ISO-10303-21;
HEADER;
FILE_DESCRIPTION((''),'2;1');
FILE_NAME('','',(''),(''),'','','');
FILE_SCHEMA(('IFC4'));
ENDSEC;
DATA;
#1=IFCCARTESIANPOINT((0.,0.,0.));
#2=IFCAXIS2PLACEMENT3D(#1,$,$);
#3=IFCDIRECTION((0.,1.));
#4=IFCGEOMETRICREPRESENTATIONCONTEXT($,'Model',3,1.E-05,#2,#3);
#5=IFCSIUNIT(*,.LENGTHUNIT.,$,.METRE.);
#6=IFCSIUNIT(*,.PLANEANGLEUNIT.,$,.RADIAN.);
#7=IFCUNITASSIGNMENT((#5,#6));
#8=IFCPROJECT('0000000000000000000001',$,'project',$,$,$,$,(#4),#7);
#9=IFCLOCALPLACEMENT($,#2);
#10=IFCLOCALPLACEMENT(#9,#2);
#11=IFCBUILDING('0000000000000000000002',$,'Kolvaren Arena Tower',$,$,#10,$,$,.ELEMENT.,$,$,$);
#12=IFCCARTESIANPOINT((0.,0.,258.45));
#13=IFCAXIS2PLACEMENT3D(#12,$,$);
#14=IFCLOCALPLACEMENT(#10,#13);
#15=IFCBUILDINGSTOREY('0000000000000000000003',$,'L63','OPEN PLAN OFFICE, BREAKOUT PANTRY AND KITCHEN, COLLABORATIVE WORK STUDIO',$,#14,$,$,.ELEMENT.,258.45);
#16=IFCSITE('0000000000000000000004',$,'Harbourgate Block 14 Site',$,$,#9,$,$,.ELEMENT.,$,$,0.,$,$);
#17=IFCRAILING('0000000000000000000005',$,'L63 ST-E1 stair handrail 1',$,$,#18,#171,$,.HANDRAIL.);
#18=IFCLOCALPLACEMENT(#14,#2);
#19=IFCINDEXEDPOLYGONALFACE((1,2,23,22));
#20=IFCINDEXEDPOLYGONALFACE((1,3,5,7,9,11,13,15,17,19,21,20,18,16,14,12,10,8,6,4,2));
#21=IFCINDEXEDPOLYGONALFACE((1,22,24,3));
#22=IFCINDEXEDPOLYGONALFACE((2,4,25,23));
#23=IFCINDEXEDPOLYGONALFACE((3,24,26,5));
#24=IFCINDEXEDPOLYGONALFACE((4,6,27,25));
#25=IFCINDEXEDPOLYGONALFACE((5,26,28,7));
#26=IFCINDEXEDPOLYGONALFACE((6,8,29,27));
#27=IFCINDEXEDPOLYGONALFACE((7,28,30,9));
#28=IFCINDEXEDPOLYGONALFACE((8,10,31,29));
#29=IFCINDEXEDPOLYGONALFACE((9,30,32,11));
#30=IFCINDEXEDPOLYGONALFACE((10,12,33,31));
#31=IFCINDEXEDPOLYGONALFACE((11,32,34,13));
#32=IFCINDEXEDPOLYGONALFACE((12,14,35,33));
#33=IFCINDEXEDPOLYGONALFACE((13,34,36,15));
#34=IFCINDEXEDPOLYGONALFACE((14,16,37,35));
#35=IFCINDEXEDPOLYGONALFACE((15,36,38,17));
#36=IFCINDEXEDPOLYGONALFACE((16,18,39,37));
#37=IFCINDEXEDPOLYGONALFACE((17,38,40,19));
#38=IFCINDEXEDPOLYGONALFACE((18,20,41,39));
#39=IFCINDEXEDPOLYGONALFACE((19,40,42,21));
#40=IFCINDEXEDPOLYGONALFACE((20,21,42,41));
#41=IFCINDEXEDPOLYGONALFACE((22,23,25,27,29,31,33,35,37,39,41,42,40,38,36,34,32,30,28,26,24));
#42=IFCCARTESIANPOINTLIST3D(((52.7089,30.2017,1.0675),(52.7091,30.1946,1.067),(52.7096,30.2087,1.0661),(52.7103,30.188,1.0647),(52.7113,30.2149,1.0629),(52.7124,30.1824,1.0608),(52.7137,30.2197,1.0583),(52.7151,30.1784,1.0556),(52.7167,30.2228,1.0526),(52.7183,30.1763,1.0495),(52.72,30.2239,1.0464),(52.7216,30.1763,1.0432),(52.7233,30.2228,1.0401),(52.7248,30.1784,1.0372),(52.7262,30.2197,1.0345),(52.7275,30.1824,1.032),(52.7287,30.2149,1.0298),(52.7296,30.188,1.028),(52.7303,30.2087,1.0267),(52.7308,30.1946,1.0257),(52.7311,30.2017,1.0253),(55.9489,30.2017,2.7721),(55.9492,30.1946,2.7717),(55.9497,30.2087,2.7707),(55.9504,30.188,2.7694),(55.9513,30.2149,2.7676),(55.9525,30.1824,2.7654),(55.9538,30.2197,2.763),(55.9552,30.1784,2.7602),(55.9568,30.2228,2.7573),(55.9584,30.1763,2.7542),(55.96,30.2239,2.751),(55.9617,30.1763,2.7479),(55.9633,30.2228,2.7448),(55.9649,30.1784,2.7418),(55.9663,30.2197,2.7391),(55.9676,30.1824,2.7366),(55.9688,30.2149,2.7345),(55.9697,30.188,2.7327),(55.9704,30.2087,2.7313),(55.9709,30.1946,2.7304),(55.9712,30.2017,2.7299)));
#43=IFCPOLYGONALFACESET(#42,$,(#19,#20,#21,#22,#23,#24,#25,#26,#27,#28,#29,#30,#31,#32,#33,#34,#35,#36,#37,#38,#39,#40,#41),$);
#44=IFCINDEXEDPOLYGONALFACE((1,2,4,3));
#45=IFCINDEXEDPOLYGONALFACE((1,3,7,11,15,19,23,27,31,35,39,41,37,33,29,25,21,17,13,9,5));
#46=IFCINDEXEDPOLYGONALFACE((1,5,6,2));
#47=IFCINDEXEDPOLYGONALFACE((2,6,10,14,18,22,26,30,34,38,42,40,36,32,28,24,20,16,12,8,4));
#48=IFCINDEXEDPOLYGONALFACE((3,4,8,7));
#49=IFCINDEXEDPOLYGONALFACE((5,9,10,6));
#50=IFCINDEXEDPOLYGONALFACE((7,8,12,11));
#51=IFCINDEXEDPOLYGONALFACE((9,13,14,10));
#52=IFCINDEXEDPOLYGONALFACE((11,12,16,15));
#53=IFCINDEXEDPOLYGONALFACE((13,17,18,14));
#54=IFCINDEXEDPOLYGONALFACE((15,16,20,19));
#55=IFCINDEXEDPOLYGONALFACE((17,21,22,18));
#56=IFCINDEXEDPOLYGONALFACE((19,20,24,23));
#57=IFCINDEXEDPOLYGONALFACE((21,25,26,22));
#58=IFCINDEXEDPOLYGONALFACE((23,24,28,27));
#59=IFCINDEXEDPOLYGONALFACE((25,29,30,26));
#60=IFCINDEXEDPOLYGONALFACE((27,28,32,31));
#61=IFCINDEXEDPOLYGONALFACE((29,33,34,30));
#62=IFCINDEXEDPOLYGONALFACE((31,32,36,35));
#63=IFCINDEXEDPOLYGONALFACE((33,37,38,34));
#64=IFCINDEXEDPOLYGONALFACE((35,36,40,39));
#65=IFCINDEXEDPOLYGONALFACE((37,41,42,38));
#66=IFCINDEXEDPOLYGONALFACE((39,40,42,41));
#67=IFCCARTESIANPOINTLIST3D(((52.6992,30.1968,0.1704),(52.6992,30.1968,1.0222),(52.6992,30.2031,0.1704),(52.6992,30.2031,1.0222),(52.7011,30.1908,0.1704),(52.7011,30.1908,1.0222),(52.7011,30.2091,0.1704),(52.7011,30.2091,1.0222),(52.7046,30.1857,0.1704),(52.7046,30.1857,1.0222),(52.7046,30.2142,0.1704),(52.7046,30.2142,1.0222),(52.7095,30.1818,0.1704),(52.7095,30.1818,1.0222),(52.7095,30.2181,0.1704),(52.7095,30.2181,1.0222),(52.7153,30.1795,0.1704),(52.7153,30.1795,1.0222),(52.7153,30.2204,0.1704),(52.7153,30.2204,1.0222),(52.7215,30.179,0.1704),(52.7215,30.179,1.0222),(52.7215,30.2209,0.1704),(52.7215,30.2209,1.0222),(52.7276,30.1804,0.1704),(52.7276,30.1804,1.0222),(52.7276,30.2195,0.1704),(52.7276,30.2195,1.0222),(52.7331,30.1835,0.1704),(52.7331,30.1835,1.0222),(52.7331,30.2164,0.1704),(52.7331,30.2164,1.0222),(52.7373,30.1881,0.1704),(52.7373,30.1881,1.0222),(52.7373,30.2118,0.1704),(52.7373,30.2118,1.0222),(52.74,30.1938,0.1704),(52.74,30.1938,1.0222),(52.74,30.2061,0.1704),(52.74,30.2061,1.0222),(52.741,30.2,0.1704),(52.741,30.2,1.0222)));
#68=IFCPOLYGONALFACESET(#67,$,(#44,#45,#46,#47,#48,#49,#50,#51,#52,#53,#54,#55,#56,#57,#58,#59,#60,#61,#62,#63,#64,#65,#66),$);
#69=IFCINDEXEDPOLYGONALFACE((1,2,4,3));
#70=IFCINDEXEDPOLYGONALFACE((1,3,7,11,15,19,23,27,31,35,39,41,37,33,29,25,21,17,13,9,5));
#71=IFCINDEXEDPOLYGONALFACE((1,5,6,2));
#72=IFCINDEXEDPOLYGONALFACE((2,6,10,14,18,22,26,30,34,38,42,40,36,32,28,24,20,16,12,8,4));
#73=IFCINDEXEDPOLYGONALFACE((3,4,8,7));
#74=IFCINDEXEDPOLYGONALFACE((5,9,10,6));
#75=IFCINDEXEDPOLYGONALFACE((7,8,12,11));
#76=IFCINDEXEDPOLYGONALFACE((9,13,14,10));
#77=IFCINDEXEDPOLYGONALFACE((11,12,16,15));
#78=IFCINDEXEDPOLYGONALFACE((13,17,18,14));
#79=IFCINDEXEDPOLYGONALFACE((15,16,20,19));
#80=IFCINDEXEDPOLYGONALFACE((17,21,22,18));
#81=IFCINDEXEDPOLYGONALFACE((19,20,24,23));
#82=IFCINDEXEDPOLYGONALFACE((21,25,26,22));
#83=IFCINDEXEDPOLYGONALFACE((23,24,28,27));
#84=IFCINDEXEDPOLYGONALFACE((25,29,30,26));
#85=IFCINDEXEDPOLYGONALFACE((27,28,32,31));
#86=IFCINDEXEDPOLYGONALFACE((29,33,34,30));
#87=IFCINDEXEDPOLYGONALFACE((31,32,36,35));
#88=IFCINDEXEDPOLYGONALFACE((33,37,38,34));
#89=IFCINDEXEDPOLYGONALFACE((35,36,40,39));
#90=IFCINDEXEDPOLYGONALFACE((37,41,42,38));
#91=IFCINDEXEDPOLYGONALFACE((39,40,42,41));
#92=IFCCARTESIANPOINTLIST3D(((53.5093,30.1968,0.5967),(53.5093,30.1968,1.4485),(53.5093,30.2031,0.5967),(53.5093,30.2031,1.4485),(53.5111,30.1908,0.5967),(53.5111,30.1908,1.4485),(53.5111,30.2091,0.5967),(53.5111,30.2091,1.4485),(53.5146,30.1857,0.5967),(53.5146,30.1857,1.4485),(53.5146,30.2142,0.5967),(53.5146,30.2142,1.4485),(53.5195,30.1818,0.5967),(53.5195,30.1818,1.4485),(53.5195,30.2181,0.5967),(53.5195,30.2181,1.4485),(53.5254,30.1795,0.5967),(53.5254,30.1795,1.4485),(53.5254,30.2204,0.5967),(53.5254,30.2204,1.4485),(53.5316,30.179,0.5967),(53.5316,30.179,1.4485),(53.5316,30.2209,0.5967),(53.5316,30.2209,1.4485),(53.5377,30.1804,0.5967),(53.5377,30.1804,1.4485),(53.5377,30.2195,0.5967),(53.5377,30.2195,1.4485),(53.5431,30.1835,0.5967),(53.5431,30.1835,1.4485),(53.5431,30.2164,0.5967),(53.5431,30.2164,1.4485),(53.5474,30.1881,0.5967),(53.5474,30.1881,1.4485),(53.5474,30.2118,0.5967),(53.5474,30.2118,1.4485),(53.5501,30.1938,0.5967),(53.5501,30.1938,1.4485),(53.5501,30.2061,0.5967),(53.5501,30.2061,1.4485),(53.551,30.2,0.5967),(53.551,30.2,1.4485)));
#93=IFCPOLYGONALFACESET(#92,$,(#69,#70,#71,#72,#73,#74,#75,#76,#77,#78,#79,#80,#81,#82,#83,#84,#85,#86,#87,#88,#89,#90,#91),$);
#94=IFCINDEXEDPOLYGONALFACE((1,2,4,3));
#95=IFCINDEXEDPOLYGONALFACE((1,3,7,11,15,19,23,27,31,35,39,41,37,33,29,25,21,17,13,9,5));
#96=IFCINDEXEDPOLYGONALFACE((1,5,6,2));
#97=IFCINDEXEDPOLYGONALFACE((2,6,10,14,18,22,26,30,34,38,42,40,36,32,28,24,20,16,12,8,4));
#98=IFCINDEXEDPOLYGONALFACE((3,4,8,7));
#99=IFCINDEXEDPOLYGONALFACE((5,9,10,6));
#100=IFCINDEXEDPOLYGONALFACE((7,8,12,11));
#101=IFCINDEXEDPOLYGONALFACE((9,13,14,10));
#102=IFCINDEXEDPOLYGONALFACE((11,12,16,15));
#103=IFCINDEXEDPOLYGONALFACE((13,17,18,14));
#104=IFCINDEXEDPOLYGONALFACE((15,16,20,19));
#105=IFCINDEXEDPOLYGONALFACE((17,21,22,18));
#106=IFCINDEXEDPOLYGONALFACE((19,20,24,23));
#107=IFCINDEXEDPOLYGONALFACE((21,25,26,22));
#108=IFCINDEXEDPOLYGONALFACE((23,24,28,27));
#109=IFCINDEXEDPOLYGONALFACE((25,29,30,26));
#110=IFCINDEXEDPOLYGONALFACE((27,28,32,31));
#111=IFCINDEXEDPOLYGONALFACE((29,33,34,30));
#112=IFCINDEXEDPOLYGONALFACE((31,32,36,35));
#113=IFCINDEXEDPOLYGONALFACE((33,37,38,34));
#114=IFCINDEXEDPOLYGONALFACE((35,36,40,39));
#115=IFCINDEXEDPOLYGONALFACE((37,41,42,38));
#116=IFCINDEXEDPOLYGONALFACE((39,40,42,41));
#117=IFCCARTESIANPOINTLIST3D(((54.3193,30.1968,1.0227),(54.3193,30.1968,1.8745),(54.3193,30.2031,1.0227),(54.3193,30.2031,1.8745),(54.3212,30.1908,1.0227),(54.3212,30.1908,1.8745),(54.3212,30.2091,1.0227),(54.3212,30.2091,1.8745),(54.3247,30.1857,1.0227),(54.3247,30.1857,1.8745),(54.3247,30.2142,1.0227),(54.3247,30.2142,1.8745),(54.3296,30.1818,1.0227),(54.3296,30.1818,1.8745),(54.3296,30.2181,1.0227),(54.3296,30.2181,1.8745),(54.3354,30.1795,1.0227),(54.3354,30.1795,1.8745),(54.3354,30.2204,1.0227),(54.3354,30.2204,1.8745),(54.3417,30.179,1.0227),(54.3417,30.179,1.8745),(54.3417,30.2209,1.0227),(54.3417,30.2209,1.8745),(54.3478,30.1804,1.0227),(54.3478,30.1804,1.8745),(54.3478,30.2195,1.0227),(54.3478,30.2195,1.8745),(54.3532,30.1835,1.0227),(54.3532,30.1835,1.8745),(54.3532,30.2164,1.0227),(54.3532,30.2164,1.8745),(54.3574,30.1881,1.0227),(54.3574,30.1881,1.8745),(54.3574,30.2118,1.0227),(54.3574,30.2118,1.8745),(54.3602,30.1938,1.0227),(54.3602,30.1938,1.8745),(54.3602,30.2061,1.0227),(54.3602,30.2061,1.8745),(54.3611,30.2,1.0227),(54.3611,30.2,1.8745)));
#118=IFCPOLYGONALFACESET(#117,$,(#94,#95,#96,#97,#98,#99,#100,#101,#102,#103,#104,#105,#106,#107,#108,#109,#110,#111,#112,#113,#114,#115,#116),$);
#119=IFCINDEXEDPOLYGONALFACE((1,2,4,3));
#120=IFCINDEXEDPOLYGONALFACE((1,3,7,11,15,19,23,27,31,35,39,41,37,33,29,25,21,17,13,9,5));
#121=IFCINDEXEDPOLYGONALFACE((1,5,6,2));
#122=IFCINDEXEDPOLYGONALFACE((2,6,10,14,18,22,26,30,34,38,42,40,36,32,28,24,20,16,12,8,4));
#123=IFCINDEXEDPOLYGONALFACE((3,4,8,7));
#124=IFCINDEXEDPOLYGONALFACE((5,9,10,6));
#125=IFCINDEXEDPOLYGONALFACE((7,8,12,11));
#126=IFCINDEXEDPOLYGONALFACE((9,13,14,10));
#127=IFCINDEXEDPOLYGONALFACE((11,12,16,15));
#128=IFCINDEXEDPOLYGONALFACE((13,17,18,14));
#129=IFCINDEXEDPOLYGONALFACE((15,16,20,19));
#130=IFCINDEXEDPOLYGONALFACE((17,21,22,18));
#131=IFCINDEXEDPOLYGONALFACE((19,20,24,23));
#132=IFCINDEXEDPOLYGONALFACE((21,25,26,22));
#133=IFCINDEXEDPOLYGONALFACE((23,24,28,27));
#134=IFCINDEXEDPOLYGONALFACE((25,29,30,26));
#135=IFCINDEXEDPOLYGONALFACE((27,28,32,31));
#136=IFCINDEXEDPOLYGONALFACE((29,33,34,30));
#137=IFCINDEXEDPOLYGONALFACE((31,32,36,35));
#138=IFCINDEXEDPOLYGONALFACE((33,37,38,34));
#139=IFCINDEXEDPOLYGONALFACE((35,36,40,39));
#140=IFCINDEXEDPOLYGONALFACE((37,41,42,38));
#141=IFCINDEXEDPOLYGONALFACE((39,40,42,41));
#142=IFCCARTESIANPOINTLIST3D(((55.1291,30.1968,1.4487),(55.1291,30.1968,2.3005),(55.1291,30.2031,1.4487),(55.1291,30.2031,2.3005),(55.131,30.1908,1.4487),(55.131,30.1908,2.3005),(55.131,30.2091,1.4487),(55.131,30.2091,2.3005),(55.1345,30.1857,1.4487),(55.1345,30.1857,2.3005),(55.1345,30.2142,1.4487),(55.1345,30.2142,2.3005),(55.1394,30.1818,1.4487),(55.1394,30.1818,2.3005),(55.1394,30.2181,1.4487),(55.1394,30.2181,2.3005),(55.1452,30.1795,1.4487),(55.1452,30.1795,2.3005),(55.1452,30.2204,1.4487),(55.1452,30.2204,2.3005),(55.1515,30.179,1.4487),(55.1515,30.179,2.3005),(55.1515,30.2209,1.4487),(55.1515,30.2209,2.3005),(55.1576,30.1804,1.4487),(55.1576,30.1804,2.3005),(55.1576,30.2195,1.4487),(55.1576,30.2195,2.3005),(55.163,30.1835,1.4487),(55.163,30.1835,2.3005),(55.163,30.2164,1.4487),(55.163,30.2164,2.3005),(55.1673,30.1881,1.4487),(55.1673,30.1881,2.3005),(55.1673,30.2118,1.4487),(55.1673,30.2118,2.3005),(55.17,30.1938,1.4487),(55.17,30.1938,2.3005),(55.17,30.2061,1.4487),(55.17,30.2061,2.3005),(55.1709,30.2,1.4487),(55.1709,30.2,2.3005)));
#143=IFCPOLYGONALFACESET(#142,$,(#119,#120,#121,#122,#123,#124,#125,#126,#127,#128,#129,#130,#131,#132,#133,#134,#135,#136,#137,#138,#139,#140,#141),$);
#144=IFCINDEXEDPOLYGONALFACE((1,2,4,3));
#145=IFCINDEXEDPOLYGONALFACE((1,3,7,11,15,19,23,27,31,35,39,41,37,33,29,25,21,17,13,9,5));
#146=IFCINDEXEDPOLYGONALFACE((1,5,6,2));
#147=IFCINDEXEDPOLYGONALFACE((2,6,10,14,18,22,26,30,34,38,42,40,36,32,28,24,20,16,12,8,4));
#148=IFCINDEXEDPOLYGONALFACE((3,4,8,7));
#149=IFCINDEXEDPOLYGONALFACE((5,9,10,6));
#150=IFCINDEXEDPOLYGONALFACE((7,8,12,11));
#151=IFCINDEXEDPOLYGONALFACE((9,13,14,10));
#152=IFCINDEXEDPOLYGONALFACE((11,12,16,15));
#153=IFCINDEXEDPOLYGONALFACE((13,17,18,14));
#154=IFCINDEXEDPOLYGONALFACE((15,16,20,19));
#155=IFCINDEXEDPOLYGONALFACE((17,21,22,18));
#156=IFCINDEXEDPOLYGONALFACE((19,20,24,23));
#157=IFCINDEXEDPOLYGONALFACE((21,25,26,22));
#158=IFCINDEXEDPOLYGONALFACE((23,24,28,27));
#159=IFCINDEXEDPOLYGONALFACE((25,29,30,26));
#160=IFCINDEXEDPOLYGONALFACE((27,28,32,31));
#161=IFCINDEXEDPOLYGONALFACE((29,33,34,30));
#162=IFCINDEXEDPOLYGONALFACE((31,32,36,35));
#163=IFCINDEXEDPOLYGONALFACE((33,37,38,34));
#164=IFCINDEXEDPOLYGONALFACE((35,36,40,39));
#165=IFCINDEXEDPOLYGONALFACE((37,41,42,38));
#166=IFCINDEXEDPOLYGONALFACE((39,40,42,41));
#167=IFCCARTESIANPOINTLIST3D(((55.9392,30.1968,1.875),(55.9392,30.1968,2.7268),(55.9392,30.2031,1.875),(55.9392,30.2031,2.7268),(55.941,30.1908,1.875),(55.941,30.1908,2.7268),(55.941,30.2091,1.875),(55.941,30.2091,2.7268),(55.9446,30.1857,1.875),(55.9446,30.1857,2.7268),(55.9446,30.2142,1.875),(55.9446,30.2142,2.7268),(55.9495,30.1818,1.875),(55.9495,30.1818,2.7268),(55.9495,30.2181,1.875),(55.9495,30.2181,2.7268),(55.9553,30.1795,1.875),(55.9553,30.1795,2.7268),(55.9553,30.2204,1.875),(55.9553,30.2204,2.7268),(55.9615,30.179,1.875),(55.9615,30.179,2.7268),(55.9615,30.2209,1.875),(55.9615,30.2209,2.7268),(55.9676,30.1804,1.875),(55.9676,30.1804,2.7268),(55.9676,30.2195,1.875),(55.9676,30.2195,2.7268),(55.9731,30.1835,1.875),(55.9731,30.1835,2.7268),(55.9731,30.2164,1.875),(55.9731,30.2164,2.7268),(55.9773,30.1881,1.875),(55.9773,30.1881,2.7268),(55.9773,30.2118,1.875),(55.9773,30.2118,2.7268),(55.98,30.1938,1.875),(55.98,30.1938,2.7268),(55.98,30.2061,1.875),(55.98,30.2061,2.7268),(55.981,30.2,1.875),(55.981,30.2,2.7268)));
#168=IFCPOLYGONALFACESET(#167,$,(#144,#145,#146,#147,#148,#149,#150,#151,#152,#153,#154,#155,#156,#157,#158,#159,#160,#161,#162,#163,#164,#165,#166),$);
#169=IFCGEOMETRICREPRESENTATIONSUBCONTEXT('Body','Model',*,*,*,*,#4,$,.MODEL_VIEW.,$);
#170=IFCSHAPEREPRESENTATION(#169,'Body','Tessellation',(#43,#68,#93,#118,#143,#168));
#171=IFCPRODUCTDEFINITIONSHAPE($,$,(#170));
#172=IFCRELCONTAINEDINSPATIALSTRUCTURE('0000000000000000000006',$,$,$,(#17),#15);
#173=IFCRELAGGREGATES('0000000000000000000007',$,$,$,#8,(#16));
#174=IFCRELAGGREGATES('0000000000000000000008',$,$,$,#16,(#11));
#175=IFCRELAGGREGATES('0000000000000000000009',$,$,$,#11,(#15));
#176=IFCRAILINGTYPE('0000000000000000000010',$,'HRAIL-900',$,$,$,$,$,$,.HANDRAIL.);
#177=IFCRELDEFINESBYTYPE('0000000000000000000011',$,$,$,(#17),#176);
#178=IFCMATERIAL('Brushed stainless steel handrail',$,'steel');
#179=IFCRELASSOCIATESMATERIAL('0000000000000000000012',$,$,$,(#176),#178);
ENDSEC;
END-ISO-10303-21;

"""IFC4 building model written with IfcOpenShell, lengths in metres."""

from ifc_helpers import new_model, si_unit, direction, frame, origin, origin_2d, place, context, subcontext, project, spatial, circle, extrude, material, type_object, element, save


model = new_model("IFC4")

# Units and contexts
model_context = context("Model", 3, precision=1e-05, world=origin(), true_north=direction((0.0, 1.0)))
body_context = subcontext(model_context, "Body", "Model", "MODEL_VIEW")
ifc_project = project(units=[si_unit("LENGTHUNIT", "METRE"), si_unit("PLANEANGLEUNIT", "RADIAN")], contexts=[model_context])

# Site, building, storey
site_placement = place(None, origin())
site = spatial("IfcSite", under=ifc_project, at=site_placement, Name="Harbourgate Block 14 Site", CompositionType="ELEMENT", RefElevation=0.0)
building_placement = place(site_placement, origin())
building = spatial("IfcBuilding", under=site, at=building_placement, Name="Kolvaren Arena Tower", CompositionType="ELEMENT")
storey_placement = place(building_placement, frame((0.0, 0.0, 258.45)))
storey = spatial("IfcBuildingStorey", under=building, at=storey_placement, Name="L63", Description="OPEN PLAN OFFICE, BREAKOUT PANTRY AND KITCHEN, COLLABORATIVE WORK STUDIO", CompositionType="ELEMENT", Elevation=258.45)

# Railing
ifc_material_1 = material(Name="Brushed stainless steel handrail", Category="steel")
railing_type_1 = type_object("IfcRailingType", Name="HRAIL-900", PredefinedType="HANDRAIL", material=ifc_material_1)
for number, where, name in (
    (1, (52.72, 30.2, 0.1704), "L63 ST-E1 stair handrail 1"),
):
    element("IfcRailing", number, at=place(storey_placement, frame(where)), inside=storey, type_object=railing_type_1, Name=name, PredefinedType="HANDRAIL", context=body_context, shape_type="SweptSolid", body=[
        extrude(circle(Radius=0.0239, at=origin_2d()), frame((0.0, 0.0, 0.876), z_axis=(0.884993, 0.0, 0.465604), x_axis=(0.0, 1.0, 0.0)), (0.0, 0.0, 1.0), 3.6611),
        extrude(circle(Radius=0.021, at=origin_2d()), origin(), (0.0, 0.0, 1.0), 0.8518),
        extrude(circle(Radius=0.021, at=origin_2d()), frame((0.8101, 0.0, 0.4263)), (0.0, 0.0, 1.0), 0.8518),
        extrude(circle(Radius=0.021, at=origin_2d()), frame((1.6201, 0.0, 0.8523)), (0.0, 0.0, 1.0), 0.8518),
        extrude(circle(Radius=0.021, at=origin_2d()), frame((2.4299, 0.0, 1.2783)), (0.0, 0.0, 1.0), 0.8518),
        extrude(circle(Radius=0.021, at=origin_2d()), frame((3.24, 0.0, 1.7046)), (0.0, 0.0, 1.0), 0.8518),
    ])

save(model, "model.ifc")
